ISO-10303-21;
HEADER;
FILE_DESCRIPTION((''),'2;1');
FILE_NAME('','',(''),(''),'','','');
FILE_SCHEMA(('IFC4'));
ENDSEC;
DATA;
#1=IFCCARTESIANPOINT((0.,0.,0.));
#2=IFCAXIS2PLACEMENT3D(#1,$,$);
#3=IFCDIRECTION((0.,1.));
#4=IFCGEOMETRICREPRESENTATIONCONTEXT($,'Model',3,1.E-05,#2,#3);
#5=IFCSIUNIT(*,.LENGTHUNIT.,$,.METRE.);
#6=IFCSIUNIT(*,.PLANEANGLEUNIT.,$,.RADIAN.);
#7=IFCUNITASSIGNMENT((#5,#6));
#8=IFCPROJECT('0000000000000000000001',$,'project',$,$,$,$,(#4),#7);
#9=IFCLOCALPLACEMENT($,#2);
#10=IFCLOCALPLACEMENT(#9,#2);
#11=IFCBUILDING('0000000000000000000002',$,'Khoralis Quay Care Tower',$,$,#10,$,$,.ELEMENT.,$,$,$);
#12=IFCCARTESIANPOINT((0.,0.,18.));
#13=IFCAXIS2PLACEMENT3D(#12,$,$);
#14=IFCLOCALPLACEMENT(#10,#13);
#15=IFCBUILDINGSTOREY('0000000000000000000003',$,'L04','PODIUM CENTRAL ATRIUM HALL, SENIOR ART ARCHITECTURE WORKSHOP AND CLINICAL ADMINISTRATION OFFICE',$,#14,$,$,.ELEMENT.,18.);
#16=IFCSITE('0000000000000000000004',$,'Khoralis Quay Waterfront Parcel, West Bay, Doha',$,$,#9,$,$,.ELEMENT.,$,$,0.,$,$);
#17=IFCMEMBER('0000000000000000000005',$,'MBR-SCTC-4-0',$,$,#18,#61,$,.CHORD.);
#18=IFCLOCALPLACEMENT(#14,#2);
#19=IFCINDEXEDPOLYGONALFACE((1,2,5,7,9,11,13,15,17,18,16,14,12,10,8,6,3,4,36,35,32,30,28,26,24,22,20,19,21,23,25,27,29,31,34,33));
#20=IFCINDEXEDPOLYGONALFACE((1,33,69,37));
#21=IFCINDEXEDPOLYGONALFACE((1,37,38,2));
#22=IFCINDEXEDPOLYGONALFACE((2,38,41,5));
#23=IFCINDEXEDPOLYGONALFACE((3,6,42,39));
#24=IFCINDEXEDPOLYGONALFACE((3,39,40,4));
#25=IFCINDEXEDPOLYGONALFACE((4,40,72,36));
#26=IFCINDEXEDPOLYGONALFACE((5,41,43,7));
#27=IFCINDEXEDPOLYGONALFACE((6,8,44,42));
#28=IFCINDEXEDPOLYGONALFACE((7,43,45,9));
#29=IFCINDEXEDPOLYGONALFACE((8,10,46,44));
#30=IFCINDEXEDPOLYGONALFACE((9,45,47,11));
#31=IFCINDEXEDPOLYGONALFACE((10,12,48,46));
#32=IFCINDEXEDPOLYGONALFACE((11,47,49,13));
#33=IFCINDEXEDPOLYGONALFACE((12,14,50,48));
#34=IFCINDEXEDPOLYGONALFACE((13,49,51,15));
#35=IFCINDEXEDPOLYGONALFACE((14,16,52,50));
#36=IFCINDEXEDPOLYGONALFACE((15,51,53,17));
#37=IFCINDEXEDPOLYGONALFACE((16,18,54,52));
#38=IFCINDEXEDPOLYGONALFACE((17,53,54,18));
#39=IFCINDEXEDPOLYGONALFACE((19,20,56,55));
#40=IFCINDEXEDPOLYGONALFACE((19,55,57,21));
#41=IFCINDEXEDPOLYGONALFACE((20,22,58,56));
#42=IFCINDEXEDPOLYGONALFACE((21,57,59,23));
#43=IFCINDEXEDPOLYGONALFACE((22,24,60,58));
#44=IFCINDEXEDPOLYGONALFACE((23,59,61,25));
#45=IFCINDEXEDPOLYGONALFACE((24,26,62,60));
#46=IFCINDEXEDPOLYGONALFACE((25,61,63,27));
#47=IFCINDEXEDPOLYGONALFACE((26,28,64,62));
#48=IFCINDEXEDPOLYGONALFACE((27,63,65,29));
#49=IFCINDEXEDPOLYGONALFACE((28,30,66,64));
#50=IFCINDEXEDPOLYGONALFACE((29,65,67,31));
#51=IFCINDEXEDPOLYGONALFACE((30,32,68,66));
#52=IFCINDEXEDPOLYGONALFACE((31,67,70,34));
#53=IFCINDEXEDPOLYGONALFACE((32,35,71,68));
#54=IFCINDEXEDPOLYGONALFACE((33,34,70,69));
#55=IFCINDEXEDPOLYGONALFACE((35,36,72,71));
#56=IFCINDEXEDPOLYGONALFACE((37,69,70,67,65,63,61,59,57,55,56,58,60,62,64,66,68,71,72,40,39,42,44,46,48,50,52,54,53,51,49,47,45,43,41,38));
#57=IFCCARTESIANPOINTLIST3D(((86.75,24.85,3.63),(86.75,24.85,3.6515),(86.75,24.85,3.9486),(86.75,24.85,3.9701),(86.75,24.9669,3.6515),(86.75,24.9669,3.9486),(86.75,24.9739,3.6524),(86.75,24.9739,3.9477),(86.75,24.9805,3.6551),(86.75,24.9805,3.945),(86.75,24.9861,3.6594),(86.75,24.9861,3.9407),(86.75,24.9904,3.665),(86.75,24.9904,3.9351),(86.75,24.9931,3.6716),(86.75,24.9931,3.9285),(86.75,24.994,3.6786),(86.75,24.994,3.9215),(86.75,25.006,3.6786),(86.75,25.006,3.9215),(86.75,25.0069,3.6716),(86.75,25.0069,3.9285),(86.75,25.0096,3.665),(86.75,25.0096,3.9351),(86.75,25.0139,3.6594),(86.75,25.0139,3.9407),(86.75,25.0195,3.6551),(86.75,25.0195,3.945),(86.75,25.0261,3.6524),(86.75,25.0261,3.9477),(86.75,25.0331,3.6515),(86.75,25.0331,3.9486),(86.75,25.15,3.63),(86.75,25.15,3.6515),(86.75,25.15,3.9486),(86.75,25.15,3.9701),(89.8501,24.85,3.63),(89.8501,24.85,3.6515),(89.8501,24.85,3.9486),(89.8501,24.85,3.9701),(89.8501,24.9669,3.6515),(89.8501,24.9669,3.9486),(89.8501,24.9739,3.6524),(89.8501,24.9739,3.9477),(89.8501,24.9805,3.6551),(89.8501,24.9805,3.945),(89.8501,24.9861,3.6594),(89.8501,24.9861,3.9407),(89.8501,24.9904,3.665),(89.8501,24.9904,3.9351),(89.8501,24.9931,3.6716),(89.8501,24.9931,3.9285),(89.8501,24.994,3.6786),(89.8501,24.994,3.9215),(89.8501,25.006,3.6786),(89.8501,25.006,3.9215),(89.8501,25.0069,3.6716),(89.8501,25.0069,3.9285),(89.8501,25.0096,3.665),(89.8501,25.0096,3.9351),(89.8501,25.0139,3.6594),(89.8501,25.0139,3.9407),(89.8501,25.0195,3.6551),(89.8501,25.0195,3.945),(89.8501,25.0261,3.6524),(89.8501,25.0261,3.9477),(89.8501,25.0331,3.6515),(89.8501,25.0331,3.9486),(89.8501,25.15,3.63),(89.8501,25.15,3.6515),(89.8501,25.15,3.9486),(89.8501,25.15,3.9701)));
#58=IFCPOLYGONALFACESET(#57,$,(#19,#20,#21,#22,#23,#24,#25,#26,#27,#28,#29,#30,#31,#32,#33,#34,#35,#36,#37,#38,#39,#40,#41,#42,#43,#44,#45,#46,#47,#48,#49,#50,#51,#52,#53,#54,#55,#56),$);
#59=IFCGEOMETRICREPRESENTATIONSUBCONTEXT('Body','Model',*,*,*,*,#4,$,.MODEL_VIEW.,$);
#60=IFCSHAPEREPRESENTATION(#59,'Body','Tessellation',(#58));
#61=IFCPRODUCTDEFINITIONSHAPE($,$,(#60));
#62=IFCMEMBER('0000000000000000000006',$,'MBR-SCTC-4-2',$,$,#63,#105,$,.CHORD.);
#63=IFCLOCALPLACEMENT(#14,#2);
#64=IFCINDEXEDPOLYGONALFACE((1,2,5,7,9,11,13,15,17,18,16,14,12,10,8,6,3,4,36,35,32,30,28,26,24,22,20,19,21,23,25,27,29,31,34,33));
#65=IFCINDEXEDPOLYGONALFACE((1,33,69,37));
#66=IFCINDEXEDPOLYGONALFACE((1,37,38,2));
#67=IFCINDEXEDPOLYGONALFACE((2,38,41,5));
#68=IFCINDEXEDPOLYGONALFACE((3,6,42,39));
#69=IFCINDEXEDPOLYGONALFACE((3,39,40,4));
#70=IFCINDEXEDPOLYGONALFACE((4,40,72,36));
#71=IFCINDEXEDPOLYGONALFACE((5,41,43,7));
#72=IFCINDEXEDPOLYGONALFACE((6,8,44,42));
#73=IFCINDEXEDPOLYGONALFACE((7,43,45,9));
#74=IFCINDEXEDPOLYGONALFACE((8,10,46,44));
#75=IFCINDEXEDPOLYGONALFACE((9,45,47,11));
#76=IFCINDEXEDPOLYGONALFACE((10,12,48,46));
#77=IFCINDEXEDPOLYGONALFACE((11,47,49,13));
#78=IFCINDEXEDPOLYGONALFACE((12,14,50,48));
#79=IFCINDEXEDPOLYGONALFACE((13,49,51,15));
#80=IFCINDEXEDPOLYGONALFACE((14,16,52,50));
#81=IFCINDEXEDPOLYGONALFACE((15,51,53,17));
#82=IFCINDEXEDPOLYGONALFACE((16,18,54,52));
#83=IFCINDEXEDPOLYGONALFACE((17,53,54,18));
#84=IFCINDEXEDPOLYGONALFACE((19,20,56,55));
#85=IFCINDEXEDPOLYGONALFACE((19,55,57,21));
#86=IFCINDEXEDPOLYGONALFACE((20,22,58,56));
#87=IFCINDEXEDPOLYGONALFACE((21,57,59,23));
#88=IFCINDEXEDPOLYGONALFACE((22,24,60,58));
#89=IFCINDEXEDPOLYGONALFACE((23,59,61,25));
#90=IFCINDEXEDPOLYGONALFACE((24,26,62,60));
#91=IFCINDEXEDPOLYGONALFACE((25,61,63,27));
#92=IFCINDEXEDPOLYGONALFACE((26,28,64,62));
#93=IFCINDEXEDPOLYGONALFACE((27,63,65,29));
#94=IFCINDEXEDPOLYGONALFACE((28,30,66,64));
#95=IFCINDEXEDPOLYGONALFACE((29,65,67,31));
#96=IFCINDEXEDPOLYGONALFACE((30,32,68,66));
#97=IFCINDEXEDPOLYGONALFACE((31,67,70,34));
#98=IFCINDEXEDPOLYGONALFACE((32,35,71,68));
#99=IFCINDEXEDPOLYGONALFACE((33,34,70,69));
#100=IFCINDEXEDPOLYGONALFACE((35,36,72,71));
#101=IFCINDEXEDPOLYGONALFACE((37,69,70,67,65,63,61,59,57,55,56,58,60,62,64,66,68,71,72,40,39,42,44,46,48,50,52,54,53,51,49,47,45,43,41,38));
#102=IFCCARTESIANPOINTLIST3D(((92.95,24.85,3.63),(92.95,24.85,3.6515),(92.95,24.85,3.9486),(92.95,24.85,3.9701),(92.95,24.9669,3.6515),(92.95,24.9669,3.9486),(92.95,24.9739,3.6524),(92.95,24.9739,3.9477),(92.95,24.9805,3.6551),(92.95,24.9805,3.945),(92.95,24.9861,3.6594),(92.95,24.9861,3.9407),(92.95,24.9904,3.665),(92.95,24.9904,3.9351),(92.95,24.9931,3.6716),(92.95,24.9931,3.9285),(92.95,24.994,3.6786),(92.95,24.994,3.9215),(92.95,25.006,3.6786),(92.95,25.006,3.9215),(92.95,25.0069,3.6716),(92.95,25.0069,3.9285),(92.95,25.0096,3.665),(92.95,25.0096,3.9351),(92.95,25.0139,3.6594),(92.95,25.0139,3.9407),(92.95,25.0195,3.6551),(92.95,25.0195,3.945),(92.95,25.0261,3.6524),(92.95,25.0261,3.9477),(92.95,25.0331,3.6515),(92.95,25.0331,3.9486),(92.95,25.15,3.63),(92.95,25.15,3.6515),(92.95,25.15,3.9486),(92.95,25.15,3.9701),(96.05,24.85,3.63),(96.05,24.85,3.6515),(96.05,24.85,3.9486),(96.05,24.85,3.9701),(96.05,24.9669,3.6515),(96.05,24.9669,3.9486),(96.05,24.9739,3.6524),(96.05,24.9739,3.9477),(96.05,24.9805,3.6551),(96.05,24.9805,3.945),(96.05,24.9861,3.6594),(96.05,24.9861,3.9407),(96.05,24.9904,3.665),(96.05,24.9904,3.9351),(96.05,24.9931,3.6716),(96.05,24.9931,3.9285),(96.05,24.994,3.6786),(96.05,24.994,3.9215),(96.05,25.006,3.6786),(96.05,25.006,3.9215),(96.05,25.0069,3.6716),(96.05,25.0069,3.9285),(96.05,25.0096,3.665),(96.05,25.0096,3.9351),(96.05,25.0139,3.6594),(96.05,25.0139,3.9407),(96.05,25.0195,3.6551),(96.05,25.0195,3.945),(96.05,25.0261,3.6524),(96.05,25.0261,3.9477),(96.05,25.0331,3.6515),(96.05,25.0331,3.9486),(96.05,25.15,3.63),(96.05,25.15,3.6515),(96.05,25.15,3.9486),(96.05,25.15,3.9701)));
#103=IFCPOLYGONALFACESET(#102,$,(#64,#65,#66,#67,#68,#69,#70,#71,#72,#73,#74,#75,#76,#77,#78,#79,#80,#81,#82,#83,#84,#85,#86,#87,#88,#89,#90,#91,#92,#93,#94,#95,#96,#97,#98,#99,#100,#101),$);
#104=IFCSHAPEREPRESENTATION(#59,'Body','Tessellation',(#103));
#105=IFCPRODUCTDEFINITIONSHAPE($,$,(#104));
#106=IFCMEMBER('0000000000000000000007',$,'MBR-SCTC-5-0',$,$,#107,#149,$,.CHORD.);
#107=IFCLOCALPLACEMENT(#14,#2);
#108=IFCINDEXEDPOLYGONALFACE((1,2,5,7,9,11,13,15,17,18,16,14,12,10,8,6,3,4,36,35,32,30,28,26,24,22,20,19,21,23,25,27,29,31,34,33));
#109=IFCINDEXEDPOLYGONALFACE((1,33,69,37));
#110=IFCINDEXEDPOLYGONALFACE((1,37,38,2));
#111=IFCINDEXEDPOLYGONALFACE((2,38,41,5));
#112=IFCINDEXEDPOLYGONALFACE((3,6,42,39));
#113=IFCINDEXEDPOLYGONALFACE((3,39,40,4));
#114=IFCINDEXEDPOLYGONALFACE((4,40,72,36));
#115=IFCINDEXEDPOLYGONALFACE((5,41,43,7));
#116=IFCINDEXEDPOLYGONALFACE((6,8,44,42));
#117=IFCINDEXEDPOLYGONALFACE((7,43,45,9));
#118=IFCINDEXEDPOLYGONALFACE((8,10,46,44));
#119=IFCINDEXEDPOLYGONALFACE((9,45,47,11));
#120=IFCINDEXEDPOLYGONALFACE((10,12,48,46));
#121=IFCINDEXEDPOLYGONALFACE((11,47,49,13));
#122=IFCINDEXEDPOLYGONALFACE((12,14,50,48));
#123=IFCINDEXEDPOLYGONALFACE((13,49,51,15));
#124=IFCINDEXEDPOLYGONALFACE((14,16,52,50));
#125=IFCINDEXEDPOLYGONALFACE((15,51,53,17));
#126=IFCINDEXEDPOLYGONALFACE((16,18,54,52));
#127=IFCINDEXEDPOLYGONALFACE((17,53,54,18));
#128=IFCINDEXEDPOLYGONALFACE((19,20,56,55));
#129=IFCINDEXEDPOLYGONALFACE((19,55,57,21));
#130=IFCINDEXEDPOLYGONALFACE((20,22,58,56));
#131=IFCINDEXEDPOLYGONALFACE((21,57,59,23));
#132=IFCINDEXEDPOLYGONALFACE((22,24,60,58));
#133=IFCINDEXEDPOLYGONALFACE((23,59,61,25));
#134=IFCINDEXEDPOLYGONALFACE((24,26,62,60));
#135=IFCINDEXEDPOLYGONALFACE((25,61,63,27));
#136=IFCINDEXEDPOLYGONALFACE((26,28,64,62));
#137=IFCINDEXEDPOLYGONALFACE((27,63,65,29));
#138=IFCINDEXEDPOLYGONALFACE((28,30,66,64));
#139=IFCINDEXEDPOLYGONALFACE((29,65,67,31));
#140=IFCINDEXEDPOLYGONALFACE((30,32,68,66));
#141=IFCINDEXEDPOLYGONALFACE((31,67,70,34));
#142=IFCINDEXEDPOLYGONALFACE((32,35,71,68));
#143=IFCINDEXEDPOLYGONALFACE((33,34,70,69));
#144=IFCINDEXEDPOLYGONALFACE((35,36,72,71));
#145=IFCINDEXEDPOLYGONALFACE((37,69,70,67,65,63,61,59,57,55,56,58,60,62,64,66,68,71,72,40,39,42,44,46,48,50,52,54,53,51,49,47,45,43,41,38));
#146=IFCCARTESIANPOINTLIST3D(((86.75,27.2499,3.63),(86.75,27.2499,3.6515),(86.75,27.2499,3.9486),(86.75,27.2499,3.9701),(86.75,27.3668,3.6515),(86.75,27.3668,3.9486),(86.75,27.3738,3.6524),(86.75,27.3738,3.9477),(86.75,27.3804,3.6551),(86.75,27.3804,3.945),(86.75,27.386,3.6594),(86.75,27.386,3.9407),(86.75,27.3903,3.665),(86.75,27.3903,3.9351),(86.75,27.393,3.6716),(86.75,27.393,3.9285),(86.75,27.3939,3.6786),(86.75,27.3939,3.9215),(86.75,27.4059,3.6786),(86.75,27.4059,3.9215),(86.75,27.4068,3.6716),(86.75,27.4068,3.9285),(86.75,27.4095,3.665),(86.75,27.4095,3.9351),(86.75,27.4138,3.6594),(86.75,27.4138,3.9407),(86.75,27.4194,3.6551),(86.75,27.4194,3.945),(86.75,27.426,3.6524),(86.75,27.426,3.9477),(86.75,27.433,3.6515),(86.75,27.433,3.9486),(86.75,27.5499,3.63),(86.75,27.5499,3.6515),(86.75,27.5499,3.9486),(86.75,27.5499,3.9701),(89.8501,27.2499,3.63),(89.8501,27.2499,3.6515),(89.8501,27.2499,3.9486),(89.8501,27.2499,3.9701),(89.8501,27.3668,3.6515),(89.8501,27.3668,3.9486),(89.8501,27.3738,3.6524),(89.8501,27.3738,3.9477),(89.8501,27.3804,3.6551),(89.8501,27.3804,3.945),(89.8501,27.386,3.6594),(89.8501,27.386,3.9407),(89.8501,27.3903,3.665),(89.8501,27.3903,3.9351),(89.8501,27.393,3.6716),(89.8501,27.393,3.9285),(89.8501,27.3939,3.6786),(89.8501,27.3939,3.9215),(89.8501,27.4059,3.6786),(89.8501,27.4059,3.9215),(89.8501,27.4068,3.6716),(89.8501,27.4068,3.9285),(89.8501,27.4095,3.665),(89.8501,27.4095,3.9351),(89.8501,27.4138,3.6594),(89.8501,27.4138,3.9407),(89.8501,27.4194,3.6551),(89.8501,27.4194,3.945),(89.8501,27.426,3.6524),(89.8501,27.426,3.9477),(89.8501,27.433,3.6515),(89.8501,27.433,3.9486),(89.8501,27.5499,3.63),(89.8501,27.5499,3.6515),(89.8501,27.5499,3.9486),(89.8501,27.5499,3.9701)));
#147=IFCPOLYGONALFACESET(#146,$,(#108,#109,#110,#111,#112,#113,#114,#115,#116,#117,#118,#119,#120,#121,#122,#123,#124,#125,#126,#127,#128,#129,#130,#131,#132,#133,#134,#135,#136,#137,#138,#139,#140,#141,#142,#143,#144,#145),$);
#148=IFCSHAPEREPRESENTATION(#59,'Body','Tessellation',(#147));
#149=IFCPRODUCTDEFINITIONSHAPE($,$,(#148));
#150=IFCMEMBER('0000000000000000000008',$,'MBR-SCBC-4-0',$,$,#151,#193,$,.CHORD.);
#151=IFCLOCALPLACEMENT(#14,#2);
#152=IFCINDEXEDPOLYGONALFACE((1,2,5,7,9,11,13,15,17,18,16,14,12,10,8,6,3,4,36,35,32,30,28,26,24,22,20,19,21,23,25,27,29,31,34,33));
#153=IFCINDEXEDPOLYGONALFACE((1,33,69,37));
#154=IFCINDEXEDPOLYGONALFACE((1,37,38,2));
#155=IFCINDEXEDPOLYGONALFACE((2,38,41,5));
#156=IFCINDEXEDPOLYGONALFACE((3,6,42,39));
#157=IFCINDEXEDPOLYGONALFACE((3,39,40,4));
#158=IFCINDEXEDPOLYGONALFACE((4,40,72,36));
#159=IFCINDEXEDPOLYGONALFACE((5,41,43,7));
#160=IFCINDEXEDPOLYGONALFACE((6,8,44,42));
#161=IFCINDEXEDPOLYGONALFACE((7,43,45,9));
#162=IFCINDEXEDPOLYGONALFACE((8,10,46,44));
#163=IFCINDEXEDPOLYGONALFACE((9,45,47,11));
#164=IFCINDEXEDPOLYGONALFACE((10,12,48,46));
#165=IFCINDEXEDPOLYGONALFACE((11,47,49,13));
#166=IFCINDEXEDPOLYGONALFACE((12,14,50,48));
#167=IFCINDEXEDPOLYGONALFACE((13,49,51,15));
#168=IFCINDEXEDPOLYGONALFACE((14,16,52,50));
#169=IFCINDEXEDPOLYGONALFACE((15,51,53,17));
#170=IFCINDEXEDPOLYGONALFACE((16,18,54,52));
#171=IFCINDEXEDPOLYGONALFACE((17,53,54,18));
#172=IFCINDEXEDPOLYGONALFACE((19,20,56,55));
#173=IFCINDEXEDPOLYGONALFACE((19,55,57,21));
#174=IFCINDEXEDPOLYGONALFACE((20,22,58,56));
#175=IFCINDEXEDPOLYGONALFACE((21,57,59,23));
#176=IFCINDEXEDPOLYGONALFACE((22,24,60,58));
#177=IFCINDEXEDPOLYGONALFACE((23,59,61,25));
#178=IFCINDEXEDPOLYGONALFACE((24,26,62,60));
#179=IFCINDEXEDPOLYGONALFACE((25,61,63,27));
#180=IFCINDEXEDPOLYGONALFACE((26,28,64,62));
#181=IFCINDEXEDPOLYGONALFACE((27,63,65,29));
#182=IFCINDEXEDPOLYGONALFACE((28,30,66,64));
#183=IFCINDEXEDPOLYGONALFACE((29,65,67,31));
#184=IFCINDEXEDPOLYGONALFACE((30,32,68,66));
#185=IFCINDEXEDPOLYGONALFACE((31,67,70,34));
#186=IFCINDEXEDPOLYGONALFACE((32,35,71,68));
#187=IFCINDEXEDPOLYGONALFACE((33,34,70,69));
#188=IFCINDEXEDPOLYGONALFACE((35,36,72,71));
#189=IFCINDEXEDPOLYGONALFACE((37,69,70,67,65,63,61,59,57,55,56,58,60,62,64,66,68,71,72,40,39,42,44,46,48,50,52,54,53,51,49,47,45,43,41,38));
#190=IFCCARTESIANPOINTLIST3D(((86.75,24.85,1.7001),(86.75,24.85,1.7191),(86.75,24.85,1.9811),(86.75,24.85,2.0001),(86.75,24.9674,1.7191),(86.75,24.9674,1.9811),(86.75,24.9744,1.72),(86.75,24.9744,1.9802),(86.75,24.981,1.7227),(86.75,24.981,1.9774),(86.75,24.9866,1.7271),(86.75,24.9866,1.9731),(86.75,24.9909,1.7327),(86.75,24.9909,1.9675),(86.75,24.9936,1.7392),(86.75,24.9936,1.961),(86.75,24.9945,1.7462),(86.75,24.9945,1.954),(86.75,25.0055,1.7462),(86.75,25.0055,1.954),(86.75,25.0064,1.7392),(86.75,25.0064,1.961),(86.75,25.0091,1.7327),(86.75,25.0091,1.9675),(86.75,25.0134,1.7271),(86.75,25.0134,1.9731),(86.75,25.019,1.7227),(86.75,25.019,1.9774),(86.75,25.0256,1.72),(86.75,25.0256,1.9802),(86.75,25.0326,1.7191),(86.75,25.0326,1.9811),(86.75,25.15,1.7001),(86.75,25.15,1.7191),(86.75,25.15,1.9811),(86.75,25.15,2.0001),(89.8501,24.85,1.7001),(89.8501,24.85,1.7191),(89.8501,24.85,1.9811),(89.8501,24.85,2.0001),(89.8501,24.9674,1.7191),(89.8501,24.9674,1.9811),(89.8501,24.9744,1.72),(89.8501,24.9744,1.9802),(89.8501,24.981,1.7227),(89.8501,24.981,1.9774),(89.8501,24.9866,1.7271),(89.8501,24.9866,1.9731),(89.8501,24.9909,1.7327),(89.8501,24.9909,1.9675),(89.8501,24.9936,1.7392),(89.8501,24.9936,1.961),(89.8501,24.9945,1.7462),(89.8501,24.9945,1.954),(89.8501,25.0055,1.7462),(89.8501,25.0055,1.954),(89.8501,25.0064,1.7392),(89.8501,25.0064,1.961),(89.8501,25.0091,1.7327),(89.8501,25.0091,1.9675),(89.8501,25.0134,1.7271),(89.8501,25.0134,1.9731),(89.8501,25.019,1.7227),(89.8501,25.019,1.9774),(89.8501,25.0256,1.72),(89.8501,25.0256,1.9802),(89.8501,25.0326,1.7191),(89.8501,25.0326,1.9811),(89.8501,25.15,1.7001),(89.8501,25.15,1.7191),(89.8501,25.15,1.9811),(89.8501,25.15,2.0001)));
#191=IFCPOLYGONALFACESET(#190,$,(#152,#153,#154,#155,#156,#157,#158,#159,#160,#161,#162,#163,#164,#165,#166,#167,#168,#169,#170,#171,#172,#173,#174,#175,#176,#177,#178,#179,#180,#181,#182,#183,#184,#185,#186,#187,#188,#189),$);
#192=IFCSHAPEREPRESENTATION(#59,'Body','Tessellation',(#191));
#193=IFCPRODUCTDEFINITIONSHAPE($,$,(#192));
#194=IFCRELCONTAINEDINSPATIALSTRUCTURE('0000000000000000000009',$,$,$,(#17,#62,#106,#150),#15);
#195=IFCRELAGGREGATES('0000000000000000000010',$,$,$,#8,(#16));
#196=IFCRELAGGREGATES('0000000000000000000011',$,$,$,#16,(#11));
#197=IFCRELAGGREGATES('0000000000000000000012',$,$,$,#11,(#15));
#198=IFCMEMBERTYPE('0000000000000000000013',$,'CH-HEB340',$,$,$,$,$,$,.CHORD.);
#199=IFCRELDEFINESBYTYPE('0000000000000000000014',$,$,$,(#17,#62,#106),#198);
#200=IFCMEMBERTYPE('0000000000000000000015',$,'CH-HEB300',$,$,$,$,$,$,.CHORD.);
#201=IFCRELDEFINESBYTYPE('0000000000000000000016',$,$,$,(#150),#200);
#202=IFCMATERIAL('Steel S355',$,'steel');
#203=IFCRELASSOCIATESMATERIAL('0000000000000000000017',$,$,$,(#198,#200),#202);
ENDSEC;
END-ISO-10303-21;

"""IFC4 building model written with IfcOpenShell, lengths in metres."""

from ifc_helpers import new_model, si_unit, direction, frame, origin, origin_2d, place, context, subcontext, project, spatial, i_section, extrude, source, transform, mapped, material, material_profile, profile_set, type_object, element, save


model = new_model("IFC4")

# Units and contexts
model_context = context("Model", 3, precision=1e-05, world=origin(), true_north=direction((0.0, 1.0)))
body_context = subcontext(model_context, "Body", "Model", "MODEL_VIEW")
ifc_project = project(units=[si_unit("LENGTHUNIT", "METRE"), si_unit("PLANEANGLEUNIT", "RADIAN")], contexts=[model_context])

# Site, building, storey
site_placement = place(None, origin())
site = spatial("IfcSite", under=ifc_project, at=site_placement, Name="Khoralis Quay Waterfront Parcel, West Bay, Doha", CompositionType="ELEMENT", RefElevation=0.0)
building_placement = place(site_placement, origin())
building = spatial("IfcBuilding", under=site, at=building_placement, Name="Khoralis Quay Care Tower", CompositionType="ELEMENT")
storey_placement = place(building_placement, frame((0.0, 0.0, 18.0)))
storey = spatial("IfcBuildingStorey", under=building, at=storey_placement, Name="L04", Description="PODIUM CENTRAL ATRIUM HALL, SENIOR ART ARCHITECTURE WORKSHOP AND CLINICAL ADMINISTRATION OFFICE", CompositionType="ELEMENT", Elevation=18.0)

# Shared definitions
ifc_material_1 = material(Name="Steel S355", Category="steel")

# Members
ifc_material_profile_1 = material_profile(ifc_material_1, i_section(OverallWidth=0.3, OverallDepth=0.3401, WebThickness=0.012, FlangeThickness=0.0215, FilletRadius=0.0271, at=origin_2d()), Name="Steel S355")
ifc_profile_set_1 = profile_set([ifc_material_profile_1], Name="Steel S355")
member_type_1 = type_object("IfcMemberType", Name="CH-HEB340", PredefinedType="CHORD", material=ifc_profile_set_1)
shared_shape_1 = source(origin(), body_context, "Body", "SweptSolid", [
    extrude(i_section(OverallWidth=0.3, OverallDepth=0.3401, WebThickness=0.012, FlangeThickness=0.0215, FilletRadius=0.0271, at=origin_2d()), origin(), (0.0, 0.0, 1.0), 3.1001),
])
for number, where, z_axis, x_axis, name in (
    (1, (86.75, 25.0, 3.8), (1.0, 0.0, 0.0), (0.0, 1.0, 0.0), "MBR-SCTC-4-0"),
    (2, (92.95, 25.0, 3.8), (1.0, 0.0, 0.0), (0.0, 1.0, 0.0), "MBR-SCTC-4-2"),
    (3, (86.75, 27.3999, 3.8), (1.0, 0.0, 0.0), (0.0, 1.0, 0.0), "MBR-SCTC-5-0"),
):
    element("IfcMember", number, at=place(storey_placement, frame(where, z_axis=z_axis, x_axis=x_axis)), inside=storey, type_object=member_type_1, Name=name, PredefinedType="CHORD", context=body_context, shape_type="MappedRepresentation", body=[
        mapped(shared_shape_1, transform((0.0, 0.0, 0.0), scale=1.0)),
    ])
ifc_material_profile_2 = material_profile(ifc_material_1, i_section(OverallWidth=0.3, OverallDepth=0.3, WebThickness=0.011, FlangeThickness=0.019, FilletRadius=0.0271, at=origin_2d()), Name="Steel S355")
ifc_profile_set_2 = profile_set([ifc_material_profile_2], Name="Steel S355")
member_type_2 = type_object("IfcMemberType", Name="CH-HEB300", PredefinedType="CHORD", material=ifc_profile_set_2)
shared_shape_2 = source(origin(), body_context, "Body", "SweptSolid", [
    extrude(i_section(OverallWidth=0.3, OverallDepth=0.3, WebThickness=0.011, FlangeThickness=0.019, FilletRadius=0.0271, at=origin_2d()), origin(), (0.0, 0.0, 1.0), 3.1001),
])
for number, where, z_axis, x_axis, name in (
    (4, (86.75, 25.0, 1.8501), (1.0, 0.0, 0.0), (0.0, 1.0, 0.0), "MBR-SCBC-4-0"),
):
    element("IfcMember", number, at=place(storey_placement, frame(where, z_axis=z_axis, x_axis=x_axis)), inside=storey, type_object=member_type_2, Name=name, PredefinedType="CHORD", context=body_context, shape_type="MappedRepresentation", body=[
        mapped(shared_shape_2, transform((0.0, 0.0, 0.0), scale=1.0)),
    ])

save(model, "model.ifc")
